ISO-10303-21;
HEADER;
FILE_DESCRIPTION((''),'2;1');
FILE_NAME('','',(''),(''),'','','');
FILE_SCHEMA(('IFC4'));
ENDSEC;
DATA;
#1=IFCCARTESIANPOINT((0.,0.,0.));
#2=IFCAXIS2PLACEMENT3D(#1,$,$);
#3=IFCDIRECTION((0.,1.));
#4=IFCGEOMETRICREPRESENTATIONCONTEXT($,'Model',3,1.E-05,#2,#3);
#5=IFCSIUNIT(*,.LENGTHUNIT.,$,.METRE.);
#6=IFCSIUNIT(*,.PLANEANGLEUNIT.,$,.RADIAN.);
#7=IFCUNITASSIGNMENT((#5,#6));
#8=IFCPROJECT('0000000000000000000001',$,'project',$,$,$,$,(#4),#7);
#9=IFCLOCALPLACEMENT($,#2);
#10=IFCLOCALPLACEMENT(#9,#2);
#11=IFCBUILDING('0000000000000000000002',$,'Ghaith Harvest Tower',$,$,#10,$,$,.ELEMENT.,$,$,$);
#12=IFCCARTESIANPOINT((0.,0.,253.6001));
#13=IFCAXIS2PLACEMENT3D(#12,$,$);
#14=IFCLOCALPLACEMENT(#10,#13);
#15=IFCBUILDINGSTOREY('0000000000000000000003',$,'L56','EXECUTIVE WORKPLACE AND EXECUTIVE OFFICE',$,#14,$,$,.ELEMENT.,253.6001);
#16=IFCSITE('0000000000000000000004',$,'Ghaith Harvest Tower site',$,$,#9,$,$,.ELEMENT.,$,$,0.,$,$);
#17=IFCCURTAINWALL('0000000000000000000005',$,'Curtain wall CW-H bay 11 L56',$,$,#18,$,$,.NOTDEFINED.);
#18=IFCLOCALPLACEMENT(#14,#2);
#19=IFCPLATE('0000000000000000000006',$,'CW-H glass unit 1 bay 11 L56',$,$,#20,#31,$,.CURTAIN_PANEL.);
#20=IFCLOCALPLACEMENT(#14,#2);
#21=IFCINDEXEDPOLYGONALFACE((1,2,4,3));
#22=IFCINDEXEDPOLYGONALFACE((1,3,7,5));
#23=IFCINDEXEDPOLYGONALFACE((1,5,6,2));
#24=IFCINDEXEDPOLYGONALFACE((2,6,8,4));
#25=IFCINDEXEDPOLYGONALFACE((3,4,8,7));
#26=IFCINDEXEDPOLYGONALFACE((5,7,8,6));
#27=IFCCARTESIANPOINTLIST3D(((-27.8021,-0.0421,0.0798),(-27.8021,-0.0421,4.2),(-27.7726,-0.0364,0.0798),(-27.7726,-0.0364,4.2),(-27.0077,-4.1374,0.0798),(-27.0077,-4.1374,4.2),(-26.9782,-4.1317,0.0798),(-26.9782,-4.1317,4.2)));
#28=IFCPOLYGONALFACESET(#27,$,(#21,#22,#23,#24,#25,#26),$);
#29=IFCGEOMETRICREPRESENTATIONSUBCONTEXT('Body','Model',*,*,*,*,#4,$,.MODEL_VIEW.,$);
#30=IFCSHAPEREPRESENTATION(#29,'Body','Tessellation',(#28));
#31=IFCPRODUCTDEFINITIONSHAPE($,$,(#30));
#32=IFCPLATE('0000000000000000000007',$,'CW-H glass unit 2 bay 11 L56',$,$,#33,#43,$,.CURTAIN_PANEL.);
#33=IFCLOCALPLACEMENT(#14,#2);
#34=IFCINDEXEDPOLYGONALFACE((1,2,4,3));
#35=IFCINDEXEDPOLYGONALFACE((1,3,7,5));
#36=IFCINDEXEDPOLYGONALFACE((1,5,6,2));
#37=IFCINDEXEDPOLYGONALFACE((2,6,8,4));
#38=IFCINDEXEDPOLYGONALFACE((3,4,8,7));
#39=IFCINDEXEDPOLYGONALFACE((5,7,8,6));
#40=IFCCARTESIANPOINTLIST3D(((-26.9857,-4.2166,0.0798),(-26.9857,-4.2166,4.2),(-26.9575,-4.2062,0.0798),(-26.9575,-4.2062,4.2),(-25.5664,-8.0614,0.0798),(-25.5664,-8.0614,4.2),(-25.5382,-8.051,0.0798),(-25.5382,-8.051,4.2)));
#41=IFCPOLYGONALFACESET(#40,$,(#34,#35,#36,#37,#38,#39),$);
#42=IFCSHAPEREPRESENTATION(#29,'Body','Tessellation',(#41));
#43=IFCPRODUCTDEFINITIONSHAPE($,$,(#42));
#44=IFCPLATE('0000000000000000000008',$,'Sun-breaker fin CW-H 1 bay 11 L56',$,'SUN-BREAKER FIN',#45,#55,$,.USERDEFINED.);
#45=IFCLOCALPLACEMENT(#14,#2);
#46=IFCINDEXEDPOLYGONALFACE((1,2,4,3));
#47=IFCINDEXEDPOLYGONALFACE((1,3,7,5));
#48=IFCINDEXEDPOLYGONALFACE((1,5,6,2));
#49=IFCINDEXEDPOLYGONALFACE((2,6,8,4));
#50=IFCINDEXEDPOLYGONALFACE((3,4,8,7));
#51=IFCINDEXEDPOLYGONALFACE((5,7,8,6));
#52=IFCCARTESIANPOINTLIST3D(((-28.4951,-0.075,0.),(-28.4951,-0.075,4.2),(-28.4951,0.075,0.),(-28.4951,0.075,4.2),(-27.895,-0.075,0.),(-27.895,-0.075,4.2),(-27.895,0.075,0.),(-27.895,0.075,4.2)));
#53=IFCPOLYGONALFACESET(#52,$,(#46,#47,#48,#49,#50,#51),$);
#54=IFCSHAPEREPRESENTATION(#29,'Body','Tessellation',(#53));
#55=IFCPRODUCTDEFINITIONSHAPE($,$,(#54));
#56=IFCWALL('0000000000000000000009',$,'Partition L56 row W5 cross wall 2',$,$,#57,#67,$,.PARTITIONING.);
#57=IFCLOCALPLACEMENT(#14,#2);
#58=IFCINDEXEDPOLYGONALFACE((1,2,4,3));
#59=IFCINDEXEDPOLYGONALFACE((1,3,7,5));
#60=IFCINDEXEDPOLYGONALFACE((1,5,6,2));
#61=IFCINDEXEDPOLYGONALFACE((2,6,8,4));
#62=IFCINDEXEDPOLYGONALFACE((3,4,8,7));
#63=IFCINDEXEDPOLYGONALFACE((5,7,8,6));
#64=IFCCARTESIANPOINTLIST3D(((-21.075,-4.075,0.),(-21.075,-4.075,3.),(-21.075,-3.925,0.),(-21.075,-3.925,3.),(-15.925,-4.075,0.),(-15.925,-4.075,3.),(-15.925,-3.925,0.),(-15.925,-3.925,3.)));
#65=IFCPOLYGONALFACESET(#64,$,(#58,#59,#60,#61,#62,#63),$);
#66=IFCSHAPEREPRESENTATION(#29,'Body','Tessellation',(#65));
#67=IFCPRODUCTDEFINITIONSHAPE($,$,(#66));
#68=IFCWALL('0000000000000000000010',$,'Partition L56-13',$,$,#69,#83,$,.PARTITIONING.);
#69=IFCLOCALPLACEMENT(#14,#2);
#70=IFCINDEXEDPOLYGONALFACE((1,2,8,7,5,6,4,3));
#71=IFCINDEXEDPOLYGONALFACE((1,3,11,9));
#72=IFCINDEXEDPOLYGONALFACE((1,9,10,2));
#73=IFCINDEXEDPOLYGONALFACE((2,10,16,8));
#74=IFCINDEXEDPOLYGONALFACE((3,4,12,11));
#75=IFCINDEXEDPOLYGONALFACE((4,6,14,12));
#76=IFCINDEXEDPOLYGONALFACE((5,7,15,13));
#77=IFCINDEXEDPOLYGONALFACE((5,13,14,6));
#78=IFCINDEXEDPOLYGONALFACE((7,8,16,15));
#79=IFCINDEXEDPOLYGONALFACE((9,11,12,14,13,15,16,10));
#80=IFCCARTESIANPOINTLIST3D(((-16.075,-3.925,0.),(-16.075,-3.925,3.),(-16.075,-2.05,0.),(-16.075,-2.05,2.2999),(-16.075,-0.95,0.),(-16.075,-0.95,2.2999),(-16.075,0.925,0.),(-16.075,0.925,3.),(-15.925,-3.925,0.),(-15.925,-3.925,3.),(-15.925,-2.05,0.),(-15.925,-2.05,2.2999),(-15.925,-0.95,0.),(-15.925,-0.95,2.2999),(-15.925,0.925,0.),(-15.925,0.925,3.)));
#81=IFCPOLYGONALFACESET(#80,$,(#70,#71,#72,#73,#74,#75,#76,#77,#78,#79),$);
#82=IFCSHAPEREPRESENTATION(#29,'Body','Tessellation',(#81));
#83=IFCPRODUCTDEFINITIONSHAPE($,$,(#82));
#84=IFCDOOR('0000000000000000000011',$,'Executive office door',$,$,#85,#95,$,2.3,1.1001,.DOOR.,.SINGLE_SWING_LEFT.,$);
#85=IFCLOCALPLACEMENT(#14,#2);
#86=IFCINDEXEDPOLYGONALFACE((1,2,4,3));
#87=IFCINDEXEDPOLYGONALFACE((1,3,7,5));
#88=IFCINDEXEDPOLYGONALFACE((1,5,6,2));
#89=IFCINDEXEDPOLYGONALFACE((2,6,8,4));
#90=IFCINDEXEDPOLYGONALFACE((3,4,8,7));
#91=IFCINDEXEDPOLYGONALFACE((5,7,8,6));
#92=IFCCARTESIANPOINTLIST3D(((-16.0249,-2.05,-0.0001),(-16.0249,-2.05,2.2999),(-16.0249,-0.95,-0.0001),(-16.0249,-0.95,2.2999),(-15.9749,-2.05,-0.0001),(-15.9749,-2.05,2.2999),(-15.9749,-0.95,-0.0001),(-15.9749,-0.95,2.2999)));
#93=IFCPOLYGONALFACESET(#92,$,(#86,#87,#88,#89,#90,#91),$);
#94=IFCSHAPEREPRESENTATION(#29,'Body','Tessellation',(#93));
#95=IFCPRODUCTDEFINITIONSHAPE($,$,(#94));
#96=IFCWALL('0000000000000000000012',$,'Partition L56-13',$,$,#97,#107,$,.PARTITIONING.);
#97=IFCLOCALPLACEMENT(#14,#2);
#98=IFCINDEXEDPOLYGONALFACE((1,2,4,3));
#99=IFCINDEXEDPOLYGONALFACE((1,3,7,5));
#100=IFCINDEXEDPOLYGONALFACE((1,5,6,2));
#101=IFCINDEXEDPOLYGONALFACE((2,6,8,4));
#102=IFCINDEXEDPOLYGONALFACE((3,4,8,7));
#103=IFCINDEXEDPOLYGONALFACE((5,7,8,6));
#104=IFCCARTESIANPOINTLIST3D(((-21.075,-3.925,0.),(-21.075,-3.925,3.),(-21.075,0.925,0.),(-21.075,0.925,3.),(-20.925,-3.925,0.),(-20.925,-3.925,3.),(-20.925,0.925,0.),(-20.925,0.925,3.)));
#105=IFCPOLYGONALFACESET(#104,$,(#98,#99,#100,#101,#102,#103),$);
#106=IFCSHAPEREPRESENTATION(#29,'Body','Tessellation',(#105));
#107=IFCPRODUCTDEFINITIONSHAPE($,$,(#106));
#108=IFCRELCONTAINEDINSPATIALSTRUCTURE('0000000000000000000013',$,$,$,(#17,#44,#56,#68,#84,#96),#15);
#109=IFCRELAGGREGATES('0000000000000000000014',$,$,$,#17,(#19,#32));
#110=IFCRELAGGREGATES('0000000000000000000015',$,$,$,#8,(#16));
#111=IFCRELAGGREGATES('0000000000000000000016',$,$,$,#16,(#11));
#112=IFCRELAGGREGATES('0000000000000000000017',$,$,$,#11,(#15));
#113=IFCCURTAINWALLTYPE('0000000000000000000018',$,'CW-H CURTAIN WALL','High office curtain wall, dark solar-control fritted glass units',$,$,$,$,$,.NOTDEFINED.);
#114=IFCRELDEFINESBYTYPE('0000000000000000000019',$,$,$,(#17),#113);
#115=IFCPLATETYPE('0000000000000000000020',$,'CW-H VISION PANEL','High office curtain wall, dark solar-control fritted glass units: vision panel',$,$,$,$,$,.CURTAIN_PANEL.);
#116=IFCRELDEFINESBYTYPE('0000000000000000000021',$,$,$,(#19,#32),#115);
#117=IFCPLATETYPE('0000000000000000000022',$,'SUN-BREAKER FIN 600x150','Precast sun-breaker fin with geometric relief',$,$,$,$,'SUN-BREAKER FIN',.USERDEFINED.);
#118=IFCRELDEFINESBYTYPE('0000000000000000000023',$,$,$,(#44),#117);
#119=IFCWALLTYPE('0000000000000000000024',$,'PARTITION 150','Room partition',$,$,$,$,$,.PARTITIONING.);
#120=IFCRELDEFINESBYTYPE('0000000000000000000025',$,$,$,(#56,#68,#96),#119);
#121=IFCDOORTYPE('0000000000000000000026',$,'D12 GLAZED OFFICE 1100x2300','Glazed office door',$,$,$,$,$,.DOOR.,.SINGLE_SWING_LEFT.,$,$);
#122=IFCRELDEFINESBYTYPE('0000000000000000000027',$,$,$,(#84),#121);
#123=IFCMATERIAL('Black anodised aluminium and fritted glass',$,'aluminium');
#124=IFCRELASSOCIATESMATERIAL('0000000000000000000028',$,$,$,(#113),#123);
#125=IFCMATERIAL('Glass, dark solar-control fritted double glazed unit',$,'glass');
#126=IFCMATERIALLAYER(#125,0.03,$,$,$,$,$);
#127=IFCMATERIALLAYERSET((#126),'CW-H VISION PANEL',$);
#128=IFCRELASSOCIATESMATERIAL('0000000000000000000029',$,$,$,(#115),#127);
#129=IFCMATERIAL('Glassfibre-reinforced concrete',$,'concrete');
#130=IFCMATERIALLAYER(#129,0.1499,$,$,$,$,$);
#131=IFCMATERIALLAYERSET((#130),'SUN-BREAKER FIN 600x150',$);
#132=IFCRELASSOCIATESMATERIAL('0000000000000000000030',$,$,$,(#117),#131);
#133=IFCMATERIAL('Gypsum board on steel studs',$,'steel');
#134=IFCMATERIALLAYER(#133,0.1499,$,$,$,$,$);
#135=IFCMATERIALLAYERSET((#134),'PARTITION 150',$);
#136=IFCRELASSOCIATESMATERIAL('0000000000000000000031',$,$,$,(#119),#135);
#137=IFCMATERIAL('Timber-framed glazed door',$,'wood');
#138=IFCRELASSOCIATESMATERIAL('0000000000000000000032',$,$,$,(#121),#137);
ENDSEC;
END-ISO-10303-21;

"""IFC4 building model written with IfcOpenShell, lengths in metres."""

from ifc_helpers import new_model, si_unit, direction, frame, frame_2d, origin, origin_2d, place, context, subcontext, project, spatial, rectangle, extrude, material, layer, layer_set, type_object, element, fill, aggregate, save


model = new_model("IFC4")

# Units and contexts
model_context = context("Model", 3, precision=1e-05, world=origin(), true_north=direction((0.0, 1.0)))
body_context = subcontext(model_context, "Body", "Model", "MODEL_VIEW")
ifc_project = project(units=[si_unit("LENGTHUNIT", "METRE"), si_unit("PLANEANGLEUNIT", "RADIAN")], contexts=[model_context])

# Site, building, storey
site_placement = place(None, origin())
site = spatial("IfcSite", under=ifc_project, at=site_placement, Name="Ghaith Harvest Tower site", CompositionType="ELEMENT", RefElevation=0.0)
building_placement = place(site_placement, origin())
building = spatial("IfcBuilding", under=site, at=building_placement, Name="Ghaith Harvest Tower", CompositionType="ELEMENT")
storey_placement = place(building_placement, frame((0.0, 0.0, 253.6001)))
storey = spatial("IfcBuildingStorey", under=building, at=storey_placement, Name="L56", Description="EXECUTIVE WORKPLACE AND EXECUTIVE OFFICE", CompositionType="ELEMENT", Elevation=253.6001)

# Curtain wall
ifc_material_1 = material(Name="Black anodised aluminium and fritted glass", Category="aluminium")
curtain_wall_type = type_object("IfcCurtainWallType", Name="CW-H CURTAIN WALL", Description="High office curtain wall, dark solar-control fritted glass units", PredefinedType="NOTDEFINED", material=ifc_material_1)
curtain_wall_1_placement = place(storey_placement, origin())
curtain_wall_1 = element("IfcCurtainWall", 1, at=curtain_wall_1_placement, inside=storey, type_object=curtain_wall_type, Name="Curtain wall CW-H bay 11 L56", PredefinedType="NOTDEFINED")

# Plates
ifc_material_2 = material(Name="Glass, dark solar-control fritted double glazed unit", Category="glass")
ifc_layer_1 = layer(ifc_material_2, 0.03)
ifc_layer_set_1 = layer_set([ifc_layer_1], Name="CW-H VISION PANEL")
plate_type_1 = type_object("IfcPlateType", Name="CW-H VISION PANEL", Description="High office curtain wall, dark solar-control fritted glass units: vision panel", PredefinedType="CURTAIN_PANEL", material=ifc_layer_set_1)
plate_1_placement = place(storey_placement, frame((-27.3901, -2.0869, 0.0798), z_axis=(0.0, 0.0, 1.0), x_axis=(0.190427, -0.981701, 0.0)))
plate_1 = element("IfcPlate", 2, at=plate_1_placement, type_object=plate_type_1, Name="CW-H glass unit 1 bay 11 L56", PredefinedType="CURTAIN_PANEL", context=body_context, shape_type="SweptSolid", body=[
    extrude(rectangle(XDim=4.1716, YDim=0.03, at=origin_2d()), origin(), (0.0, 0.0, 1.0), 4.1201),
])
plate_2_placement = place(storey_placement, frame((-26.262, -6.1338, 0.0798), z_axis=(0.0, 0.0, 1.0), x_axis=(0.346303, -0.938123, 0.0)))
plate_2 = element("IfcPlate", 3, at=plate_2_placement, type_object=plate_type_1, Name="CW-H glass unit 2 bay 11 L56", PredefinedType="CURTAIN_PANEL", context=body_context, shape_type="SweptSolid", body=[
    extrude(rectangle(XDim=4.0984, YDim=0.03, at=origin_2d()), origin(), (0.0, 0.0, 1.0), 4.1201),
])
aggregate(curtain_wall_1, [plate_1, plate_2])
ifc_material_3 = material(Name="Glassfibre-reinforced concrete", Category="concrete")
ifc_layer_2 = layer(ifc_material_3, 0.1499)
ifc_layer_set_2 = layer_set([ifc_layer_2], Name="SUN-BREAKER FIN 600x150")
plate_type_2 = type_object("IfcPlateType", Name="SUN-BREAKER FIN 600x150", Description="Precast sun-breaker fin with geometric relief", ElementType="SUN-BREAKER FIN", PredefinedType="USERDEFINED", material=ifc_layer_set_2)
plate_3_placement = place(storey_placement, frame((-28.1951, 0.0, 0.0), z_axis=(0.0, 0.0, 1.0), x_axis=(-1.0, 0.0, 0.0)))
element("IfcPlate", 4, at=plate_3_placement, inside=storey, type_object=plate_type_2, Name="Sun-breaker fin CW-H 1 bay 11 L56", ObjectType="SUN-BREAKER FIN", PredefinedType="USERDEFINED", context=body_context, shape_type="SweptSolid", body=[
    extrude(rectangle(XDim=0.6001, YDim=0.1499, at=origin_2d()), origin(), (0.0, 0.0, 1.0), 4.2),
])

# Wall
ifc_material_4 = material(Name="Gypsum board on steel studs", Category="steel")
ifc_layer_3 = layer(ifc_material_4, 0.1499)
ifc_layer_set_3 = layer_set([ifc_layer_3], Name="PARTITION 150")
wall_type = type_object("IfcWallType", Name="PARTITION 150", Description="Room partition", PredefinedType="PARTITIONING", material=ifc_layer_set_3)
wall_1_placement = place(storey_placement, frame((-15.925, -4.0, 0.0), z_axis=(0.0, 0.0, 1.0), x_axis=(-1.0, 0.0, 0.0)))
element("IfcWall", 5, at=wall_1_placement, inside=storey, type_object=wall_type, Name="Partition L56 row W5 cross wall 2", PredefinedType="PARTITIONING", context=body_context, shape_type="SweptSolid", body=[
    extrude(rectangle(XDim=5.1499, YDim=0.1499, at=frame_2d((2.575, 0.0))), origin(), (0.0, 0.0, 1.0), 3.0),
])

# Wall, opening, door
wall_2_placement = place(storey_placement, frame((-16.0, -3.925, 0.0), z_axis=(0.0, 0.0, 1.0), x_axis=(0.0, 1.0, 0.0)))
wall_2 = element("IfcWall", 6, at=wall_2_placement, inside=storey, type_object=wall_type, Name="Partition L56-13", PredefinedType="PARTITIONING", context=body_context, shape_type="SweptSolid", body=[
    extrude(rectangle(XDim=4.8501, YDim=0.1499, at=frame_2d((2.425, 0.0))), origin(), (0.0, 0.0, 1.0), 3.0),
])
opening_placement = place(wall_2_placement, frame((1.875, 0.0, 0.0)))
opening = element("IfcOpeningElement", 7, at=opening_placement, cuts=wall_2, PredefinedType="OPENING", context=body_context, shape_type="SweptSolid", body=[
    extrude(rectangle(XDim=1.1001, YDim=2.3, at=frame_2d((0.55, 1.1499))), frame((0.0, 0.085, 0.0), z_axis=(0.0, -1.0, 0.0), x_axis=(1.0, 0.0, 0.0)), (0.0, 0.0, 1.0), 0.1699),
])
ifc_material_5 = material(Name="Timber-framed glazed door", Category="wood")
door_type = type_object("IfcDoorType", Name="D12 GLAZED OFFICE 1100x2300", Description="Glazed office door", OperationType="SINGLE_SWING_LEFT", PredefinedType="DOOR", material=ifc_material_5)
door_placement = place(opening_placement, origin())
door = element("IfcDoor", 8, at=door_placement, inside=storey, type_object=door_type, Name="Executive office door", OperationType="SINGLE_SWING_LEFT", OverallHeight=2.3, OverallWidth=1.1001, PredefinedType="DOOR", context=body_context, shape_type="SweptSolid", body=[
    extrude(rectangle(XDim=1.1001, YDim=2.3, at=frame_2d((0.55, 1.1499))), frame((0.0, 0.0249, 0.0), z_axis=(0.0, -1.0, 0.0), x_axis=(1.0, 0.0, 0.0)), (0.0, 0.0, 1.0), 0.05),
])
fill(opening, door)

# Wall
wall_3_placement = place(storey_placement, frame((-21.0, -3.925, 0.0), z_axis=(0.0, 0.0, 1.0), x_axis=(0.0, 1.0, 0.0)))
element("IfcWall", 9, at=wall_3_placement, inside=storey, type_object=wall_type, Name="Partition L56-13", PredefinedType="PARTITIONING", context=body_context, shape_type="SweptSolid", body=[
    extrude(rectangle(XDim=4.8501, YDim=0.1499, at=frame_2d((2.425, 0.0))), origin(), (0.0, 0.0, 1.0), 3.0),
])

save(model, "model.ifc")
